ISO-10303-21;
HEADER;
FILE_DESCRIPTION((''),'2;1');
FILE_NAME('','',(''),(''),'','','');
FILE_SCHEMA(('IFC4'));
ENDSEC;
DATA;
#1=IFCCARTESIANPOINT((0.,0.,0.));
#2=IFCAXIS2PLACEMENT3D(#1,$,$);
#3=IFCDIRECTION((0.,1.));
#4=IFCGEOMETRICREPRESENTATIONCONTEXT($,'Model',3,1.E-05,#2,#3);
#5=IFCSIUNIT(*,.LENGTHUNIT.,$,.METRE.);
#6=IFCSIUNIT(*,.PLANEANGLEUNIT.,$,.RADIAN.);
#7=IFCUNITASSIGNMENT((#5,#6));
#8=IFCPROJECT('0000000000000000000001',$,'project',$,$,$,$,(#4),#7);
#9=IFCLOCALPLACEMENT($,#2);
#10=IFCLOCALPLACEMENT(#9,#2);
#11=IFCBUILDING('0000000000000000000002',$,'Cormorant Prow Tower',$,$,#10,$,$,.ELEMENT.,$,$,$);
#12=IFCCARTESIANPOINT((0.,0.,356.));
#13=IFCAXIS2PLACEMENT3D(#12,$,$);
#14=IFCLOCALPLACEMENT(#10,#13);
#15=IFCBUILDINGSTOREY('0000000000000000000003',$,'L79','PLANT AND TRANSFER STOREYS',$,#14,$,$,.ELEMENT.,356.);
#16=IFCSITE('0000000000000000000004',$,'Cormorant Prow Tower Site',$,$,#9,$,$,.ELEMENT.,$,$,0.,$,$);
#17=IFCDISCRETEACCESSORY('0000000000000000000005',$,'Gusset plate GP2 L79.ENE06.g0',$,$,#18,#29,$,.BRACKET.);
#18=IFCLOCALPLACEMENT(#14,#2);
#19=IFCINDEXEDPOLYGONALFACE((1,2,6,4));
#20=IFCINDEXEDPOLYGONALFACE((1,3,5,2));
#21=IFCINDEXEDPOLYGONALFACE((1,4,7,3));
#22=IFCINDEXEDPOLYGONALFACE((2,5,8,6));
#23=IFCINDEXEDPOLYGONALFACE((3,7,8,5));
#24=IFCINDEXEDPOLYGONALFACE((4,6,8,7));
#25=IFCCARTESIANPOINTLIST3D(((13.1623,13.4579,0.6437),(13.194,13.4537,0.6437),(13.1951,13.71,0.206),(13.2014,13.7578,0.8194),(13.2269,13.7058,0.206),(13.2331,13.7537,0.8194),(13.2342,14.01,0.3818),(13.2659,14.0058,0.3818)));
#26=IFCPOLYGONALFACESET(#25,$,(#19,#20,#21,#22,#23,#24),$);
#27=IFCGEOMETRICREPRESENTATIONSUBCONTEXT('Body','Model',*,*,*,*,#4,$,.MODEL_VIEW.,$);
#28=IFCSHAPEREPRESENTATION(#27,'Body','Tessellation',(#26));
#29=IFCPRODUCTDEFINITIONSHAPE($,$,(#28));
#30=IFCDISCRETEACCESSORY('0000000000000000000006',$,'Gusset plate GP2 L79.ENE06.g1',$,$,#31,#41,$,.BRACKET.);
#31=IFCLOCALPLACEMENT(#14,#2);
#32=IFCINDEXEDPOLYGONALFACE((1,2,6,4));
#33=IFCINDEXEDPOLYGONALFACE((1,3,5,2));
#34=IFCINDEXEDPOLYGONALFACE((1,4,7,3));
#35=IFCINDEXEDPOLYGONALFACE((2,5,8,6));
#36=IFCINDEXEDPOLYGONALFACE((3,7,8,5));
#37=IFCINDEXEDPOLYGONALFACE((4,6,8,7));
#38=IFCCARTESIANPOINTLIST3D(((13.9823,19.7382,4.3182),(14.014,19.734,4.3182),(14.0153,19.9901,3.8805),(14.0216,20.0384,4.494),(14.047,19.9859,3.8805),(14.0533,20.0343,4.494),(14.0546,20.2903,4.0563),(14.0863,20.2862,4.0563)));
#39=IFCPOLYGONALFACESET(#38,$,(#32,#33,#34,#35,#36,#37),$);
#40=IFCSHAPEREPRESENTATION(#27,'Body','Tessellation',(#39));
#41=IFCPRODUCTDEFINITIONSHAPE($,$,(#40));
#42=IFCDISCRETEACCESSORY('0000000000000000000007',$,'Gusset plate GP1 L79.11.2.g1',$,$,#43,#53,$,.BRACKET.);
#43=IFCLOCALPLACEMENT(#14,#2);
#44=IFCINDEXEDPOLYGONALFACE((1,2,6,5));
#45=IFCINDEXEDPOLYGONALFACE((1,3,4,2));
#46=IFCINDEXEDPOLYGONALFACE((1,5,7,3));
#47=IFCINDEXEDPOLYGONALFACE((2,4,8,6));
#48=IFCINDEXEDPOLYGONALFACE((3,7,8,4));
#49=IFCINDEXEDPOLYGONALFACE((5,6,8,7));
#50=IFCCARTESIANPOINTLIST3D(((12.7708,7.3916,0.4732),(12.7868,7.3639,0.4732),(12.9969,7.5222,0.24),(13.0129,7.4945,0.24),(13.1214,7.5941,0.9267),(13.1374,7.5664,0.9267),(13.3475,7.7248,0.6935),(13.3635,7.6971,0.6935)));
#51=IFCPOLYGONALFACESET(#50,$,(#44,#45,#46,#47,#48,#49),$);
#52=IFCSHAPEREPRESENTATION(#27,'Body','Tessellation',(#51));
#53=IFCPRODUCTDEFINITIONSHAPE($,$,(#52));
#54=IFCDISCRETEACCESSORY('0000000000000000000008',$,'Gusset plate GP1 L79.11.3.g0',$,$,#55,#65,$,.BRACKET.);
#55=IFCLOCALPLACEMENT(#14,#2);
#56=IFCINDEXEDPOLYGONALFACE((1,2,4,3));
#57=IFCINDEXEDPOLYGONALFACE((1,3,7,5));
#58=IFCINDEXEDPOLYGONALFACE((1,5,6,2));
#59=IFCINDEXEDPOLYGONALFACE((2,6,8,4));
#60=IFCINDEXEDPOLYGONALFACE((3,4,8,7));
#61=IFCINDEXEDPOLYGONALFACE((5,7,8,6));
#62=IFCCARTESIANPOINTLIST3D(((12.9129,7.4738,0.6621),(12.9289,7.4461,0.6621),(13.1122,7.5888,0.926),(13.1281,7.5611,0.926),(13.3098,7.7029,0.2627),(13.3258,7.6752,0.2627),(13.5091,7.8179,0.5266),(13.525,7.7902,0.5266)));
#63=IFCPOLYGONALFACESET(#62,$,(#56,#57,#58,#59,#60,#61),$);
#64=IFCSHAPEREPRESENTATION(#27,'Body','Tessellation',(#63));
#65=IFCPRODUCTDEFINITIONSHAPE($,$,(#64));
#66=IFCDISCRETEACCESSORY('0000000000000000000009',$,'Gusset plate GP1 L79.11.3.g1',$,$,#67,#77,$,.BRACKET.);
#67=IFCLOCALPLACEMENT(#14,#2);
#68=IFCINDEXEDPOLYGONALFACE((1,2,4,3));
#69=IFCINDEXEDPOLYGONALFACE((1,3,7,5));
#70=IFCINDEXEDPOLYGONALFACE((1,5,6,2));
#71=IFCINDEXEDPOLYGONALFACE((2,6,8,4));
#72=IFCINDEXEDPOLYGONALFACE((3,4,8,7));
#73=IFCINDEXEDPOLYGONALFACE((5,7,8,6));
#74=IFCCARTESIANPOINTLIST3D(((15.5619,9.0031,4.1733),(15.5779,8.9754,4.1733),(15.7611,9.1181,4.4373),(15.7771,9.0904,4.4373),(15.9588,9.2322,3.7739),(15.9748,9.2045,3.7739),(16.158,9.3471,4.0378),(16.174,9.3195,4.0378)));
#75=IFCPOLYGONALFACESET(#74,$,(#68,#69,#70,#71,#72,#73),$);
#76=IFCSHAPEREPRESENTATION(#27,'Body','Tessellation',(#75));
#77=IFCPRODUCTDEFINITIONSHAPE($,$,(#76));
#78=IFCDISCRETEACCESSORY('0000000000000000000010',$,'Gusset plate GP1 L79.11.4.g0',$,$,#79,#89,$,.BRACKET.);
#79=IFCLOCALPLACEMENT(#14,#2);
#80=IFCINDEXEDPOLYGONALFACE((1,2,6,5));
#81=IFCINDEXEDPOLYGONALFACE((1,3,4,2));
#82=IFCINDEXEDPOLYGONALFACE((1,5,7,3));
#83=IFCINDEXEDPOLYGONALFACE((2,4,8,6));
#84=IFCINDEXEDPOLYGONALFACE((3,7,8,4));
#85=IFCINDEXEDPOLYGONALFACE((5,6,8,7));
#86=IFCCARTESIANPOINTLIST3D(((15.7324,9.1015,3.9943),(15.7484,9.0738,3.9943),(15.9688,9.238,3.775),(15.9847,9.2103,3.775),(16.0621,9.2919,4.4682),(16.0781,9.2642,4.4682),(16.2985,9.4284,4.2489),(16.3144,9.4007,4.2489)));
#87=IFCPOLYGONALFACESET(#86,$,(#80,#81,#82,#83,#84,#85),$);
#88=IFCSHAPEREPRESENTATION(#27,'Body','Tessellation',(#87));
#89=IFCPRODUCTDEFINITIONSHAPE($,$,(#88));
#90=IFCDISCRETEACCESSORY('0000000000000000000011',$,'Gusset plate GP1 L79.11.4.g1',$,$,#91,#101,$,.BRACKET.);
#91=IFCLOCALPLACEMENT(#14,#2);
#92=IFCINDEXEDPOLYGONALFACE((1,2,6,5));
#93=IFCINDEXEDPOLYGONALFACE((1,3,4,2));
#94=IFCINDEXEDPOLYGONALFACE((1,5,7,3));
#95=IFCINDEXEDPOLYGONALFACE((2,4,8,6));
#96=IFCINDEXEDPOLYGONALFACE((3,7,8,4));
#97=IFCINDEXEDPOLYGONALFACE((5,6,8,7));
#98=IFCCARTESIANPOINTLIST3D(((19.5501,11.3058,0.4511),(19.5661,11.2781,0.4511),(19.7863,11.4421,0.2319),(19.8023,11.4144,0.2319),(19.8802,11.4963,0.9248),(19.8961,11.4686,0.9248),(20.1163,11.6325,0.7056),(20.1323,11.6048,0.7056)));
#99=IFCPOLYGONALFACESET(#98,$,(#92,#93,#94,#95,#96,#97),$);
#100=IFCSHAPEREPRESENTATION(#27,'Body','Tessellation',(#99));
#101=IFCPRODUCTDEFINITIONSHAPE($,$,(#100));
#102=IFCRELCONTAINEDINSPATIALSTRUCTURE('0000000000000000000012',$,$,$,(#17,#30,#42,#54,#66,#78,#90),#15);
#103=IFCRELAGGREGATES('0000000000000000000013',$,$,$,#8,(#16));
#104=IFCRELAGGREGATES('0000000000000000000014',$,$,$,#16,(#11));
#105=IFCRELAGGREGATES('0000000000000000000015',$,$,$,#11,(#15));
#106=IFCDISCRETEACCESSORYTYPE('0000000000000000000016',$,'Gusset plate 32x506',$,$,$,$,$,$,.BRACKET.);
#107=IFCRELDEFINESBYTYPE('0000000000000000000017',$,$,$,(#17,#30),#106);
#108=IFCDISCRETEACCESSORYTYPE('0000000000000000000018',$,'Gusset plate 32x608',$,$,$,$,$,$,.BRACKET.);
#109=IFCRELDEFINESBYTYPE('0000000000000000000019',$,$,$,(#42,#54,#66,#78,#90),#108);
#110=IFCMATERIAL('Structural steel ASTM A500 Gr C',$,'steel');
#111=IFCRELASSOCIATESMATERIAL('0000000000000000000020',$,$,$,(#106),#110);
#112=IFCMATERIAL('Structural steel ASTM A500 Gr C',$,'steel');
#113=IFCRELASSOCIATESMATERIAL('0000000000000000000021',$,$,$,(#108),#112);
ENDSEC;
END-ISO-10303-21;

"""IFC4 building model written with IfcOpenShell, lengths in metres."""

from ifc_helpers import new_model, si_unit, direction, frame, origin, origin_2d, place, context, subcontext, project, spatial, rectangle, extrude, material, material_profile, profile_set, type_object, element, save


model = new_model("IFC4")

# Units and contexts
model_context = context("Model", 3, precision=1e-05, world=origin(), true_north=direction((0.0, 1.0)))
body_context = subcontext(model_context, "Body", "Model", "MODEL_VIEW")
ifc_project = project(units=[si_unit("LENGTHUNIT", "METRE"), si_unit("PLANEANGLEUNIT", "RADIAN")], contexts=[model_context])

# Site, building, storey
site_placement = place(None, origin())
site = spatial("IfcSite", under=ifc_project, at=site_placement, Name="Cormorant Prow Tower Site", CompositionType="ELEMENT", RefElevation=0.0)
building_placement = place(site_placement, origin())
building = spatial("IfcBuilding", under=site, at=building_placement, Name="Cormorant Prow Tower", CompositionType="ELEMENT")
storey_placement = place(building_placement, frame((0.0, 0.0, 356.0)))
storey = spatial("IfcBuildingStorey", under=building, at=storey_placement, Name="L79", Description="PLANT AND TRANSFER STOREYS", CompositionType="ELEMENT", Elevation=356.0)

# Discrete accessories
ifc_material_1 = material(Name="Structural steel ASTM A500 Gr C", Category="steel")
ifc_material_profile_1 = material_profile(ifc_material_1, rectangle(XDim=0.032, YDim=0.5061, at=origin_2d()), Name="Gusset plate 32x506")
ifc_profile_set_1 = profile_set([ifc_material_profile_1], Name="Structural steel ASTM A500 Gr C")
discrete_accessory_type_1 = type_object("IfcDiscreteAccessoryType", Name="Gusset plate 32x506", PredefinedType="BRACKET", material=ifc_profile_set_1)
discrete_accessory_1_placement = place(storey_placement, frame((13.2336, 13.8818, 0.6006), z_axis=(-0.111628, -0.857443, -0.502326), x_axis=(0.991632, -0.129098, 0.0)))
element("IfcDiscreteAccessory", 1, at=discrete_accessory_1_placement, inside=storey, type_object=discrete_accessory_type_1, Name="Gusset plate GP2 L79.ENE06.g0", PredefinedType="BRACKET", context=body_context, shape_type="SweptSolid", body=[
    extrude(rectangle(XDim=0.032, YDim=0.5061, at=origin_2d()), origin(), (0.0, 0.0, 1.0), 0.3499),
])
discrete_accessory_2_placement = place(storey_placement, frame((14.0146, 19.8621, 4.0994), z_axis=(0.11225, 0.85756, 0.501986), x_axis=(-0.991542, 0.129787, 0.0)))
element("IfcDiscreteAccessory", 2, at=discrete_accessory_2_placement, inside=storey, type_object=discrete_accessory_type_1, Name="Gusset plate GP2 L79.ENE06.g1", PredefinedType="BRACKET", context=body_context, shape_type="SweptSolid", body=[
    extrude(rectangle(XDim=0.032, YDim=0.5061, at=origin_2d()), origin(), (0.0, 0.0, 1.0), 0.3501),
])
ifc_material_2 = material(Name="Structural steel ASTM A500 Gr C", Category="steel")
ifc_material_profile_2 = material_profile(ifc_material_2, rectangle(XDim=0.032, YDim=0.6079, at=origin_2d()), Name="Gusset plate 32x608")
ifc_profile_set_2 = profile_set([ifc_material_profile_2], Name="Structural steel ASTM A500 Gr C")
discrete_accessory_type_2 = type_object("IfcDiscreteAccessoryType", Name="Gusset plate 32x608", PredefinedType="BRACKET", material=ifc_profile_set_2)
for number, where, z_axis, x_axis, name in (
    (3, (12.9541, 7.479, 0.7), (0.645845, 0.373139, -0.666071), (-0.500262, 0.865874, 0.0), "Gusset plate GP1 L79.11.2.g1"),
    (4, (13.3186, 7.6895, 0.7263), (-0.569051, -0.32846, -0.753853), (0.499906, -0.86608, 0.0), "Gusset plate GP1 L79.11.3.g0"),
    (5, (15.7683, 9.1038, 3.9736), (0.569051, 0.32846, 0.753853), (-0.499906, 0.86608, 0.0), "Gusset plate GP1 L79.11.3.g1"),
    (6, (16.1416, 9.3193, 4.012), (-0.675108, -0.389861, 0.626288), (0.500084, -0.865977, 0.0), "Gusset plate GP1 L79.11.4.g0"),
):
    element("IfcDiscreteAccessory", number, at=place(storey_placement, frame(where, z_axis=z_axis, x_axis=x_axis)), inside=storey, type_object=discrete_accessory_type_2, Name=name, PredefinedType="BRACKET", context=body_context, shape_type="SweptSolid", body=[
        extrude(rectangle(XDim=0.032, YDim=0.6079, at=origin_2d()), origin(), (0.0, 0.0, 1.0), 0.3501),
    ])
discrete_accessory_3_placement = place(storey_placement, frame((19.7231, 11.3872, 0.688), z_axis=(0.674912, 0.389453, -0.626754), x_axis=(-0.4998, 0.866141, 0.0)))
element("IfcDiscreteAccessory", 7, at=discrete_accessory_3_placement, inside=storey, type_object=discrete_accessory_type_2, Name="Gusset plate GP1 L79.11.4.g1", PredefinedType="BRACKET", context=body_context, shape_type="SweptSolid", body=[
    extrude(rectangle(XDim=0.032, YDim=0.6079, at=origin_2d()), origin(), (0.0, 0.0, 1.0), 0.3499),
])

save(model, "model.ifc")
